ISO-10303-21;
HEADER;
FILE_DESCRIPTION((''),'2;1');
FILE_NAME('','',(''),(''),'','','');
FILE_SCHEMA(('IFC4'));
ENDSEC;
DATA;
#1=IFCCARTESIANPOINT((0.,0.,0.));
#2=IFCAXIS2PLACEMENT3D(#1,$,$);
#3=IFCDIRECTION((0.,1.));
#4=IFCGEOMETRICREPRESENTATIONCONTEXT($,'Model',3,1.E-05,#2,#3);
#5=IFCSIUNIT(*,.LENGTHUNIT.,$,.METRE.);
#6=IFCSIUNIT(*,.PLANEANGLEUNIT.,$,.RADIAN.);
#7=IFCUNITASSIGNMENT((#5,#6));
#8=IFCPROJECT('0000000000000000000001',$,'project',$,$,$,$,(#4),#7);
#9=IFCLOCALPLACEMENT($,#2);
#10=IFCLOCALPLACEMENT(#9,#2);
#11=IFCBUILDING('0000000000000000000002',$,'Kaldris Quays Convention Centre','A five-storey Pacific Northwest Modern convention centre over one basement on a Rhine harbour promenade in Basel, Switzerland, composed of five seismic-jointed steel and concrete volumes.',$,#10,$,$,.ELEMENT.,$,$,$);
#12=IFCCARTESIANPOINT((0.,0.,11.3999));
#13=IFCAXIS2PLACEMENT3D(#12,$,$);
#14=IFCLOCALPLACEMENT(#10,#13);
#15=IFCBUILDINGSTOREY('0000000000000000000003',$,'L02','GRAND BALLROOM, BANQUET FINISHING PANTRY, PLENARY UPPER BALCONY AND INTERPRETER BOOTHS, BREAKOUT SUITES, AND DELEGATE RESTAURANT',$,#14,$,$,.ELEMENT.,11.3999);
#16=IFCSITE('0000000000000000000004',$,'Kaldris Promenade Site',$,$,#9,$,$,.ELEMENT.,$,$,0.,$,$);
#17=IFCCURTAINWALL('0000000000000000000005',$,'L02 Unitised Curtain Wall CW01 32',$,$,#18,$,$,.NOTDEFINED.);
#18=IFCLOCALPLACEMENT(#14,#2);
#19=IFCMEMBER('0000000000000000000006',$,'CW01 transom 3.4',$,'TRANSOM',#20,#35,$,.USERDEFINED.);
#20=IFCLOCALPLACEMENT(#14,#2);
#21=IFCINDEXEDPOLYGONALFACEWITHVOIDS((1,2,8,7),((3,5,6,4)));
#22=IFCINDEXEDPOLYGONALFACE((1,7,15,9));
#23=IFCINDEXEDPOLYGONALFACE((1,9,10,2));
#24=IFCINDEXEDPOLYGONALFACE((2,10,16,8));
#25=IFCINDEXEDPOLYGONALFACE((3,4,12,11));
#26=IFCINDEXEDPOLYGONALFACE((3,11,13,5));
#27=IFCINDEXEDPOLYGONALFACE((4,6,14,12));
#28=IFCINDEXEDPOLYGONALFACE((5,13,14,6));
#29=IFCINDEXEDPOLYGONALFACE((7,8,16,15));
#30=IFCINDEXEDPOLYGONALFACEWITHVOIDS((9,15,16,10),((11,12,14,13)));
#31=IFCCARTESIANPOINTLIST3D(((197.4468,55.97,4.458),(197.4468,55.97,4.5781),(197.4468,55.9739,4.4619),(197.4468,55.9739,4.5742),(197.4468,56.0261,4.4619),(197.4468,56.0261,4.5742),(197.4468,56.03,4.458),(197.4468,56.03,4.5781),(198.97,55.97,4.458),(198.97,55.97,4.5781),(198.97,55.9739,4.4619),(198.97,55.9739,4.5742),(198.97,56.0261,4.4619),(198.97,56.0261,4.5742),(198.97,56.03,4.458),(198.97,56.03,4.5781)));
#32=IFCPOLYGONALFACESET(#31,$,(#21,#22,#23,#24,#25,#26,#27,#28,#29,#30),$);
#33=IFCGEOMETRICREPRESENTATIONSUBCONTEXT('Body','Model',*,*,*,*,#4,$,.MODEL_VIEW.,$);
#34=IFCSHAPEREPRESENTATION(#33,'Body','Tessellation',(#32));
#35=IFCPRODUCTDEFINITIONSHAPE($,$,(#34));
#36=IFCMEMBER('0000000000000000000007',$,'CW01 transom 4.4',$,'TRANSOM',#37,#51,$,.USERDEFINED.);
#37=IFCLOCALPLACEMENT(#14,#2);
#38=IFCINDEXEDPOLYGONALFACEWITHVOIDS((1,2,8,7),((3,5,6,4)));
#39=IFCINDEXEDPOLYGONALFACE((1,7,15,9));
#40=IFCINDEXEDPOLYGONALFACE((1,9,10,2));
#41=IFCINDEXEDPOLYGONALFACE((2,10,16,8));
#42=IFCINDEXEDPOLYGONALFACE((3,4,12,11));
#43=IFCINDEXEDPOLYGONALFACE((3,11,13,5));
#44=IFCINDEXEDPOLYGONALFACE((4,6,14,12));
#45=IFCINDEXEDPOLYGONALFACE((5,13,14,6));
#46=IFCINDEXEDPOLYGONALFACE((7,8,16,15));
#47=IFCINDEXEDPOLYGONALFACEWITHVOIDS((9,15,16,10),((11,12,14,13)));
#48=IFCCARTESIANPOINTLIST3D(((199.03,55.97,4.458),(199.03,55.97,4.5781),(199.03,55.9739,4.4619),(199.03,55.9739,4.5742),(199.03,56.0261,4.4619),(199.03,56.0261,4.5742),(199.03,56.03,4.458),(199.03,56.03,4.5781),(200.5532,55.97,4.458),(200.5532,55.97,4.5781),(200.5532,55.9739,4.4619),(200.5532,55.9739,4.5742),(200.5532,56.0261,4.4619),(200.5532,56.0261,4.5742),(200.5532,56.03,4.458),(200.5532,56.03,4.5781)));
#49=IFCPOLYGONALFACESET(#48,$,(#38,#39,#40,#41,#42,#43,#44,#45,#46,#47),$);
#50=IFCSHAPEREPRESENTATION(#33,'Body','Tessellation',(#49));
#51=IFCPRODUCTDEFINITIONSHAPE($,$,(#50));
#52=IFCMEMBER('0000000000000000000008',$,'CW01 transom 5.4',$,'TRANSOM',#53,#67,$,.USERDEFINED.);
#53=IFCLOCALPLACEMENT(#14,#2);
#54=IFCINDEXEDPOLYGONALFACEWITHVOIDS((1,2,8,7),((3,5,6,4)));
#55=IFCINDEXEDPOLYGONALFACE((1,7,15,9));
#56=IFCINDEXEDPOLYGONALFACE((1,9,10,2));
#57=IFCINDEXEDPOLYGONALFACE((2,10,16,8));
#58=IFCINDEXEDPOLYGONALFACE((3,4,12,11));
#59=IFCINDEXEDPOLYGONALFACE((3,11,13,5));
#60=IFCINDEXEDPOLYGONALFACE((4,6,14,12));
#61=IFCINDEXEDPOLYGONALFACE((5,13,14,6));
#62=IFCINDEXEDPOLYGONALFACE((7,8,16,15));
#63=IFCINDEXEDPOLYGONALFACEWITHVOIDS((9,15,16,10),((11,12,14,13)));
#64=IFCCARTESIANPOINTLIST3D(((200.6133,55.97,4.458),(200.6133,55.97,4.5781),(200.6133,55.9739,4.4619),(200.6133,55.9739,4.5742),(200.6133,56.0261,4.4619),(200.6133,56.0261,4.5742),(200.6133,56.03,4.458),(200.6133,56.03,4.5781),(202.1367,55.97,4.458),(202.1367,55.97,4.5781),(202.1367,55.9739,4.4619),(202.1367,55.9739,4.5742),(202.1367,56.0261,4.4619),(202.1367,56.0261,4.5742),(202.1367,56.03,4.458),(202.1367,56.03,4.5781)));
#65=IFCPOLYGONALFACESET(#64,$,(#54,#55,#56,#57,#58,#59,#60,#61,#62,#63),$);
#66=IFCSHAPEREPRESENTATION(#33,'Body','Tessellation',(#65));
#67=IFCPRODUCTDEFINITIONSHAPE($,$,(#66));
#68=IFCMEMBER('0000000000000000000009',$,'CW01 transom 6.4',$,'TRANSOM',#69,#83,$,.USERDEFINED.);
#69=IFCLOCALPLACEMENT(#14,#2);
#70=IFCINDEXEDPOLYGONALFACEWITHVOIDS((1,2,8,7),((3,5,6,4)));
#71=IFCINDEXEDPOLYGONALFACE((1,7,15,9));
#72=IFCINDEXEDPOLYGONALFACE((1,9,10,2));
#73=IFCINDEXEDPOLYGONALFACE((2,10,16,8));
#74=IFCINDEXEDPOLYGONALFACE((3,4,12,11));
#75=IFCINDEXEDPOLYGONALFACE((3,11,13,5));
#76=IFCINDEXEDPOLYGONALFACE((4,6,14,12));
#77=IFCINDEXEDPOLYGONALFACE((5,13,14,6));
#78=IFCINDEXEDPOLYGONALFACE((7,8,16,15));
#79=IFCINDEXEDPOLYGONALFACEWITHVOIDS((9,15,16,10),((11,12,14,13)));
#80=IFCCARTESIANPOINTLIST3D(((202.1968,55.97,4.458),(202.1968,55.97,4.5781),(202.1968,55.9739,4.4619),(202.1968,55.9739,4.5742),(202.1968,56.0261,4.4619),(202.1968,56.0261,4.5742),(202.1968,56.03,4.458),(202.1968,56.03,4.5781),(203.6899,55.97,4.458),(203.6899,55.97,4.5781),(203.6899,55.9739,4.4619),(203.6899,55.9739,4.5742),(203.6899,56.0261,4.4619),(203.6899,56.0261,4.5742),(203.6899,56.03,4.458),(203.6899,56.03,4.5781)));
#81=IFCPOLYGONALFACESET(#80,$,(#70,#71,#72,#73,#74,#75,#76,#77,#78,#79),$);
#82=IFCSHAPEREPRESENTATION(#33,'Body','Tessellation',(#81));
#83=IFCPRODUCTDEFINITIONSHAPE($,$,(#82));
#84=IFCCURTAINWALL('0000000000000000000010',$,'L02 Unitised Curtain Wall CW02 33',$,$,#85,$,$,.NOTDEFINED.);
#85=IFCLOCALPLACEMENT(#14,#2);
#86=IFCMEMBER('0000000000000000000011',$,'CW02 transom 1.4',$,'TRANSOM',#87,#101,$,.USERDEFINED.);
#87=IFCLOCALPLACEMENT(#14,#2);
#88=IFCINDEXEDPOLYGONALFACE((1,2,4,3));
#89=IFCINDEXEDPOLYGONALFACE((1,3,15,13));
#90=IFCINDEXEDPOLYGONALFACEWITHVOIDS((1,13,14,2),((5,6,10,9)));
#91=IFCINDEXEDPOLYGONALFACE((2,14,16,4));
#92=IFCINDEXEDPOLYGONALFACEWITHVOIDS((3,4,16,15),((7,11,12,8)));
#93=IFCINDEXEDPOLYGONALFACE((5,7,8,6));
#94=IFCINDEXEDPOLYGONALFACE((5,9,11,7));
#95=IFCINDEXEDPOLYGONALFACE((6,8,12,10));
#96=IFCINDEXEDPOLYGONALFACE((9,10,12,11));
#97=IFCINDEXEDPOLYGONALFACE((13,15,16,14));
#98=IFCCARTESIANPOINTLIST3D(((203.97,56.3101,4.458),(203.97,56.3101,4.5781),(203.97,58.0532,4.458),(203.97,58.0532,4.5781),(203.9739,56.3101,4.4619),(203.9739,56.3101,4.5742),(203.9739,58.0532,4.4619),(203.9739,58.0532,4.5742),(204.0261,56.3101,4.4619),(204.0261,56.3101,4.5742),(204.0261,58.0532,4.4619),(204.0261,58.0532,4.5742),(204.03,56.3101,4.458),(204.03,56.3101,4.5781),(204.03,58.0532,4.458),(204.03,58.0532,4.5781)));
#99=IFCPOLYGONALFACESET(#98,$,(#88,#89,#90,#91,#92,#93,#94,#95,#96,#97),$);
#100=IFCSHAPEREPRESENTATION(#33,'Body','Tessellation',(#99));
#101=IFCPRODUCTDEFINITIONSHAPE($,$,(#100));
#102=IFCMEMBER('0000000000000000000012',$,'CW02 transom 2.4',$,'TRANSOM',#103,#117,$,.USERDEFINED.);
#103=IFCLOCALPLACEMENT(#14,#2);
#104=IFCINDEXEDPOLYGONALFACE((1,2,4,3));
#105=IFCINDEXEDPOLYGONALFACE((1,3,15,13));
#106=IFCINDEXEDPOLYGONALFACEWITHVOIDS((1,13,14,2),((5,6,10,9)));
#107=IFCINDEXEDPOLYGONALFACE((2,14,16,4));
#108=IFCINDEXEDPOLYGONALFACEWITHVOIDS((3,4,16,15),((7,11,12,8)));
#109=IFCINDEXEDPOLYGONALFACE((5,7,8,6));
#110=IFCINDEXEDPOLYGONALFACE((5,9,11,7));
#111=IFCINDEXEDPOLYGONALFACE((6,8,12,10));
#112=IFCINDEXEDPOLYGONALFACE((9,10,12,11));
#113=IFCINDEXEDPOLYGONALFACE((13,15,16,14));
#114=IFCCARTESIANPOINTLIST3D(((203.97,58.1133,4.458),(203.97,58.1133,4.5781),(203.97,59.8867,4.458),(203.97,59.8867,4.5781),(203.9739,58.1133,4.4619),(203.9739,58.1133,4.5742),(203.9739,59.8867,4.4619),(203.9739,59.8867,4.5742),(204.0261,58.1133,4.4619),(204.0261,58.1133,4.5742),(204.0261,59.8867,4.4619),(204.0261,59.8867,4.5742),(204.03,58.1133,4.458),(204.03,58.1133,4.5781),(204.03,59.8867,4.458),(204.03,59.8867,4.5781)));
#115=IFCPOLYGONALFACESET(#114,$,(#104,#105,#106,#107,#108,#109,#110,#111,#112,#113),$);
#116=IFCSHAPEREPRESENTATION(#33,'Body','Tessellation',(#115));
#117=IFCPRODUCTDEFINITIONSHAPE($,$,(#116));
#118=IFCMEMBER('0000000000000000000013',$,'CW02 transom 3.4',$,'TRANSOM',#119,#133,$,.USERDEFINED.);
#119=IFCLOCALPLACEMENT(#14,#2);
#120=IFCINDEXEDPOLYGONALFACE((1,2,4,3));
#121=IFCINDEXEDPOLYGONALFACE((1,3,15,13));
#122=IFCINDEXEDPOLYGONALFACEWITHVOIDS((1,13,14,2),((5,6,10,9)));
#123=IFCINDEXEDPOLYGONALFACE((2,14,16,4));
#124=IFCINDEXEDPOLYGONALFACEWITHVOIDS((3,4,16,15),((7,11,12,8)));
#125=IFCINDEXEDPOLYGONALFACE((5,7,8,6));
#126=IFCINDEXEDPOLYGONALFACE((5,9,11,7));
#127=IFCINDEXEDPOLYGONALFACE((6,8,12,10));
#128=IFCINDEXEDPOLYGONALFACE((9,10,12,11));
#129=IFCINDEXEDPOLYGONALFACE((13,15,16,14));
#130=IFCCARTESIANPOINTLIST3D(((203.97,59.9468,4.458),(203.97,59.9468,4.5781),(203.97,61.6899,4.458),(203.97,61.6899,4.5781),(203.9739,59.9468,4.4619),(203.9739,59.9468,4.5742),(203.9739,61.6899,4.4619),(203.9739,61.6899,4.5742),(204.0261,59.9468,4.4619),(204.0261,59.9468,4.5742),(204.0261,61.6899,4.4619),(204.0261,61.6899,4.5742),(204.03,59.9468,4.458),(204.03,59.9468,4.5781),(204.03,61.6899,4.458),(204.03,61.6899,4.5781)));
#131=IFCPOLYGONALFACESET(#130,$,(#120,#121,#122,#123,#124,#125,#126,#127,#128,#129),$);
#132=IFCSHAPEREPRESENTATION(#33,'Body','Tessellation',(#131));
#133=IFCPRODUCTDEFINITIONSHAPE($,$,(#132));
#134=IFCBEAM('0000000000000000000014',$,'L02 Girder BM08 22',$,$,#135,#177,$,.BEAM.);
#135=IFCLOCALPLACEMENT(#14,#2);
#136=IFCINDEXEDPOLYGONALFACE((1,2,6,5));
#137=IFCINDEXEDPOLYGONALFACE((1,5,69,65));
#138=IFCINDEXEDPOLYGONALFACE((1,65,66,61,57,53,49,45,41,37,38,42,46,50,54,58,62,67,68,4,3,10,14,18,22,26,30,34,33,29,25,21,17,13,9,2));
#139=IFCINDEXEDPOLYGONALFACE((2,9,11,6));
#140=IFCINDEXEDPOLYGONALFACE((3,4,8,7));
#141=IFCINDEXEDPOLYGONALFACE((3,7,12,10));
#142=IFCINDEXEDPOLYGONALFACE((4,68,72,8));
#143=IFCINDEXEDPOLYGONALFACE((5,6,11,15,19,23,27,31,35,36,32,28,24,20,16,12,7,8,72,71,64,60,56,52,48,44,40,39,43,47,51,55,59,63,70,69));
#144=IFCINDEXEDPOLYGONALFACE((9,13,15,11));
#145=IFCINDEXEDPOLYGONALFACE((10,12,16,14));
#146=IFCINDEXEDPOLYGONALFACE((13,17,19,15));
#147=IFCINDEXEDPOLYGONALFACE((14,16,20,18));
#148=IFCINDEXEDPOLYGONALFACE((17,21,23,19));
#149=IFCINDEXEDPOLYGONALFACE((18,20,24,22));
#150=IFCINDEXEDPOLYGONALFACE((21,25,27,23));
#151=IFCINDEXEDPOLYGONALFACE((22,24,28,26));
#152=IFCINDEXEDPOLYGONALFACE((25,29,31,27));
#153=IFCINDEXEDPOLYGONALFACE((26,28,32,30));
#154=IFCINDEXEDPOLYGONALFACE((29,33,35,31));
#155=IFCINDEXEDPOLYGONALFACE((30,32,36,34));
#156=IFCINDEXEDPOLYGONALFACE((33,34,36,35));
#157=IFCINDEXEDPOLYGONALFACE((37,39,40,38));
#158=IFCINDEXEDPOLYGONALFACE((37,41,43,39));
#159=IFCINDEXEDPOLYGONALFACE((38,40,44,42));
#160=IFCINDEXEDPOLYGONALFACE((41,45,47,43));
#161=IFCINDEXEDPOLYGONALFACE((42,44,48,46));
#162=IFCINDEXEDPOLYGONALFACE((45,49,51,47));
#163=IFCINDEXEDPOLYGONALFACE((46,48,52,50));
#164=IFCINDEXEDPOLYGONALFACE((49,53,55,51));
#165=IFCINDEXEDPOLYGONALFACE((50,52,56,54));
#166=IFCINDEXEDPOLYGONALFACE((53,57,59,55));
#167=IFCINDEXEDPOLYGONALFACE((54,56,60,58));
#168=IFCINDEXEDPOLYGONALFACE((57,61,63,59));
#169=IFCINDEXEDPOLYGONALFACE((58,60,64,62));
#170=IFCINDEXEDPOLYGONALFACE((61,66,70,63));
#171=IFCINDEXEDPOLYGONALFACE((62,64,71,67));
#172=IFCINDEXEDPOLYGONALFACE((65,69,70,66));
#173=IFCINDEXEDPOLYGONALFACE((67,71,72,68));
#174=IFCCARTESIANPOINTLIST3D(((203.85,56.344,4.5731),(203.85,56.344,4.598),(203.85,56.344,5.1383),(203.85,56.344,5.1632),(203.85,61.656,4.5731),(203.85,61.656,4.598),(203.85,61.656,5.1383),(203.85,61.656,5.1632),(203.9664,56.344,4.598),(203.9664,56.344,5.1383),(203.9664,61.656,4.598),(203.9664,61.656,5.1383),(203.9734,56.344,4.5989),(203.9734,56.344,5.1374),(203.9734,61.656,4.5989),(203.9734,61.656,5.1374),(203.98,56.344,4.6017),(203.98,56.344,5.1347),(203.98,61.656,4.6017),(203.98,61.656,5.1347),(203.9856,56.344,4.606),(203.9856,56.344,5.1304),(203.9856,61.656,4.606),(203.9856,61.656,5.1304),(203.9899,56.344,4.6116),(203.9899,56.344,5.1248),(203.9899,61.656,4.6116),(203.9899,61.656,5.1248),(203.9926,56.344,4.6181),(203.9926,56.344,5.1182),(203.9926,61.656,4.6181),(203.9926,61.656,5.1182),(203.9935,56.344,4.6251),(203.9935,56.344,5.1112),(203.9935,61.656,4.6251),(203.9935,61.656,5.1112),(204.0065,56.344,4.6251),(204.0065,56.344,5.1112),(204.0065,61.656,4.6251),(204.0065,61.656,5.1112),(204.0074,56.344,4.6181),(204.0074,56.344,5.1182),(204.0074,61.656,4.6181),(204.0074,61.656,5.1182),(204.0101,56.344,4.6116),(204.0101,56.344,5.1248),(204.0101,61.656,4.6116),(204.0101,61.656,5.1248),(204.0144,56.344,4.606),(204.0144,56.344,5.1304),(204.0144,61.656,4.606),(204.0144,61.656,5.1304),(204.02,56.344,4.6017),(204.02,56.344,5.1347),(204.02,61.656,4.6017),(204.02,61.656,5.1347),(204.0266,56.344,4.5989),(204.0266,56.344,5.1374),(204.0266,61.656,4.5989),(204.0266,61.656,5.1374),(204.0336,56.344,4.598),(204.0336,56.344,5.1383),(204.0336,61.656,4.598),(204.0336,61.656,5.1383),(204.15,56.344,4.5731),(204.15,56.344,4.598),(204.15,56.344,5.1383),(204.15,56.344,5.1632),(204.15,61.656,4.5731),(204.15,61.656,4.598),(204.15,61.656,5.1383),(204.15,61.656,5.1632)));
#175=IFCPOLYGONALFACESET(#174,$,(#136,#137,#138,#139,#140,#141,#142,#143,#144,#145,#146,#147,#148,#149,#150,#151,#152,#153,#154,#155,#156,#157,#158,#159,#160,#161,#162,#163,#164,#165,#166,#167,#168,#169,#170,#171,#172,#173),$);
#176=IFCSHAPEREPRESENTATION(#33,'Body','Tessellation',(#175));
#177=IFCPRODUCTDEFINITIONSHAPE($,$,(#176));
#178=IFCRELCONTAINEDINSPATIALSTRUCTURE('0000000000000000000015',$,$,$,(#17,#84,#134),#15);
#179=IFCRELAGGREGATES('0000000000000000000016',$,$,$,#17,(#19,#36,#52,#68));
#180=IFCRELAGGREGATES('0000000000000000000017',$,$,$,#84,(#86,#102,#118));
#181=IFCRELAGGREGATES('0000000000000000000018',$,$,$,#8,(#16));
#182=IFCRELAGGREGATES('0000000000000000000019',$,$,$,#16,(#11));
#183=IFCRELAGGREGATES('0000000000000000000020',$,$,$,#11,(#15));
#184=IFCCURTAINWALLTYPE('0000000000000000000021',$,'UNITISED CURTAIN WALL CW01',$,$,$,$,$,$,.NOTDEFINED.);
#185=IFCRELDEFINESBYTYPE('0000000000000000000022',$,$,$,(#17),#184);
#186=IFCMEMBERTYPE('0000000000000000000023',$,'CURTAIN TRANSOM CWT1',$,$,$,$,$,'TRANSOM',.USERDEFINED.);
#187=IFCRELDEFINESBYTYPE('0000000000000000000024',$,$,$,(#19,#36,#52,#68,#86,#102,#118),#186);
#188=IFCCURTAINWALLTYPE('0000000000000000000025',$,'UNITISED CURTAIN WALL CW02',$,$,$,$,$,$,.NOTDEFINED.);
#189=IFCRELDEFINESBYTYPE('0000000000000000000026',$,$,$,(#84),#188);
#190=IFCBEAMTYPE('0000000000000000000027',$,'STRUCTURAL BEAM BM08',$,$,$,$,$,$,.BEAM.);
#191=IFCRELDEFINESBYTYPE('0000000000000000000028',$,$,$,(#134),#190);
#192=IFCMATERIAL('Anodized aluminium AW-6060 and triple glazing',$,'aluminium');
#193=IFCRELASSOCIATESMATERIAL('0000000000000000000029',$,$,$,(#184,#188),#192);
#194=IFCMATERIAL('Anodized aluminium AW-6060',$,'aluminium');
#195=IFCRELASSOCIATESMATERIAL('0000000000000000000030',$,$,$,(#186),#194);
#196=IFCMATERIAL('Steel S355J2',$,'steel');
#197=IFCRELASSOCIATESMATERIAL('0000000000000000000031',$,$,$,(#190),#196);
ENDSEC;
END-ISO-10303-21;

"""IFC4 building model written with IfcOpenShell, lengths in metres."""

from ifc_helpers import new_model, si_unit, direction, frame, origin, origin_2d, place, context, subcontext, project, spatial, hollow_rectangle, i_section, extrude, material, material_profile, profile_set, type_object, element, aggregate, save


model = new_model("IFC4")

# Units and contexts
model_context = context("Model", 3, precision=1e-05, world=origin(), true_north=direction((0.0, 1.0)))
body_context = subcontext(model_context, "Body", "Model", "MODEL_VIEW")
ifc_project = project(units=[si_unit("LENGTHUNIT", "METRE"), si_unit("PLANEANGLEUNIT", "RADIAN")], contexts=[model_context])

# Site, building, storey
site_placement = place(None, origin())
site = spatial("IfcSite", under=ifc_project, at=site_placement, Name="Kaldris Promenade Site", CompositionType="ELEMENT", RefElevation=0.0)
building_placement = place(site_placement, origin())
building = spatial("IfcBuilding", under=site, at=building_placement, Name="Kaldris Quays Convention Centre", Description="A five-storey Pacific Northwest Modern convention centre over one basement on a Rhine harbour promenade in Basel, Switzerland, composed of five seismic-jointed steel and concrete volumes.", CompositionType="ELEMENT")
storey_placement = place(building_placement, frame((0.0, 0.0, 11.3999)))
storey = spatial("IfcBuildingStorey", under=building, at=storey_placement, Name="L02", Description="GRAND BALLROOM, BANQUET FINISHING PANTRY, PLENARY UPPER BALCONY AND INTERPRETER BOOTHS, BREAKOUT SUITES, AND DELEGATE RESTAURANT", CompositionType="ELEMENT", Elevation=11.3999)

# Curtain walls, members
ifc_material_1 = material(Name="Anodized aluminium AW-6060 and triple glazing", Category="aluminium")
curtain_wall_type_1 = type_object("IfcCurtainWallType", Name="UNITISED CURTAIN WALL CW01", PredefinedType="NOTDEFINED", material=ifc_material_1)
curtain_wall_1_placement = place(storey_placement, origin())
curtain_wall_1 = element("IfcCurtainWall", 1, at=curtain_wall_1_placement, inside=storey, type_object=curtain_wall_type_1, Name="L02 Unitised Curtain Wall CW01 32", PredefinedType="NOTDEFINED")
ifc_material_2 = material(Name="Anodized aluminium AW-6060", Category="aluminium")
ifc_material_profile_1 = material_profile(ifc_material_2, hollow_rectangle(XDim=0.0601, YDim=0.1201, WallThickness=0.0039, at=origin_2d()), Name="RHS 120x60x4")
ifc_profile_set_1 = profile_set([ifc_material_profile_1], Name="Anodized aluminium AW-6060")
member_type = type_object("IfcMemberType", Name="CURTAIN TRANSOM CWT1", ElementType="TRANSOM", PredefinedType="USERDEFINED", material=ifc_profile_set_1)
member_1_placement = place(storey_placement, frame((197.4468, 56.0, 4.5181), z_axis=(1.0, 0.0, 0.0), x_axis=(0.0, 1.0, 0.0)))
member_1 = element("IfcMember", 2, at=member_1_placement, type_object=member_type, Name="CW01 transom 3.4", ObjectType="TRANSOM", PredefinedType="USERDEFINED", context=body_context, shape_type="SweptSolid", body=[
    extrude(hollow_rectangle(XDim=0.0601, YDim=0.1201, WallThickness=0.0039, at=origin_2d()), origin(), (0.0, 0.0, 1.0), 1.5232),
])
member_2_placement = place(storey_placement, frame((199.03, 56.0, 4.5181), z_axis=(1.0, 0.0, 0.0), x_axis=(0.0, 1.0, 0.0)))
member_2 = element("IfcMember", 3, at=member_2_placement, type_object=member_type, Name="CW01 transom 4.4", ObjectType="TRANSOM", PredefinedType="USERDEFINED", context=body_context, shape_type="SweptSolid", body=[
    extrude(hollow_rectangle(XDim=0.0601, YDim=0.1201, WallThickness=0.0039, at=origin_2d()), origin(), (0.0, 0.0, 1.0), 1.5232),
])
member_3_placement = place(storey_placement, frame((200.6133, 56.0, 4.5181), z_axis=(1.0, 0.0, 0.0), x_axis=(0.0, 1.0, 0.0)))
member_3 = element("IfcMember", 4, at=member_3_placement, type_object=member_type, Name="CW01 transom 5.4", ObjectType="TRANSOM", PredefinedType="USERDEFINED", context=body_context, shape_type="SweptSolid", body=[
    extrude(hollow_rectangle(XDim=0.0601, YDim=0.1201, WallThickness=0.0039, at=origin_2d()), origin(), (0.0, 0.0, 1.0), 1.5234),
])
member_4_placement = place(storey_placement, frame((202.1968, 56.0, 4.5181), z_axis=(1.0, 0.0, 0.0), x_axis=(0.0, 1.0, 0.0)))
member_4 = element("IfcMember", 5, at=member_4_placement, type_object=member_type, Name="CW01 transom 6.4", ObjectType="TRANSOM", PredefinedType="USERDEFINED", context=body_context, shape_type="SweptSolid", body=[
    extrude(hollow_rectangle(XDim=0.0601, YDim=0.1201, WallThickness=0.0039, at=origin_2d()), origin(), (0.0, 0.0, 1.0), 1.4932),
])
aggregate(curtain_wall_1, [member_1, member_2, member_3, member_4])
curtain_wall_type_2 = type_object("IfcCurtainWallType", Name="UNITISED CURTAIN WALL CW02", PredefinedType="NOTDEFINED", material=ifc_material_1)
curtain_wall_2_placement = place(storey_placement, origin())
curtain_wall_2 = element("IfcCurtainWall", 6, at=curtain_wall_2_placement, inside=storey, type_object=curtain_wall_type_2, Name="L02 Unitised Curtain Wall CW02 33", PredefinedType="NOTDEFINED")
member_5_placement = place(storey_placement, frame((204.0, 56.3101, 4.5181), z_axis=(0.0, 1.0, 0.0), x_axis=(-1.0, 0.0, 0.0)))
member_5 = element("IfcMember", 7, at=member_5_placement, type_object=member_type, Name="CW02 transom 1.4", ObjectType="TRANSOM", PredefinedType="USERDEFINED", context=body_context, shape_type="SweptSolid", body=[
    extrude(hollow_rectangle(XDim=0.0601, YDim=0.1201, WallThickness=0.0039, at=origin_2d()), origin(), (0.0, 0.0, 1.0), 1.7432),
])
member_6_placement = place(storey_placement, frame((204.0, 58.1133, 4.5181), z_axis=(0.0, 1.0, 0.0), x_axis=(-1.0, 0.0, 0.0)))
member_6 = element("IfcMember", 8, at=member_6_placement, type_object=member_type, Name="CW02 transom 2.4", ObjectType="TRANSOM", PredefinedType="USERDEFINED", context=body_context, shape_type="SweptSolid", body=[
    extrude(hollow_rectangle(XDim=0.0601, YDim=0.1201, WallThickness=0.0039, at=origin_2d()), origin(), (0.0, 0.0, 1.0), 1.7734),
])
member_7_placement = place(storey_placement, frame((204.0, 59.9468, 4.5181), z_axis=(0.0, 1.0, 0.0), x_axis=(-1.0, 0.0, 0.0)))
member_7 = element("IfcMember", 9, at=member_7_placement, type_object=member_type, Name="CW02 transom 3.4", ObjectType="TRANSOM", PredefinedType="USERDEFINED", context=body_context, shape_type="SweptSolid", body=[
    extrude(hollow_rectangle(XDim=0.0601, YDim=0.1201, WallThickness=0.0039, at=origin_2d()), origin(), (0.0, 0.0, 1.0), 1.7432),
])
aggregate(curtain_wall_2, [member_5, member_6, member_7])

# Beam
ifc_material_3 = material(Name="Steel S355J2", Category="steel")
ifc_material_profile_2 = material_profile(ifc_material_3, i_section(OverallWidth=0.3, OverallDepth=0.5901, WebThickness=0.0129, FlangeThickness=0.0249, FilletRadius=0.0271, at=origin_2d()), Name="HEA 600")
ifc_profile_set_2 = profile_set([ifc_material_profile_2], Name="Steel S355J2")
beam_type = type_object("IfcBeamType", Name="STRUCTURAL BEAM BM08", PredefinedType="BEAM", material=ifc_profile_set_2)
beam_placement = place(storey_placement, frame((204.0, 56.344, 4.8682), z_axis=(0.0, 1.0, 0.0), x_axis=(-1.0, 0.0, 0.0)))
element("IfcBeam", 10, at=beam_placement, inside=storey, type_object=beam_type, Name="L02 Girder BM08 22", PredefinedType="BEAM", context=body_context, shape_type="SweptSolid", body=[
    extrude(i_section(OverallWidth=0.3, OverallDepth=0.5901, WebThickness=0.0129, FlangeThickness=0.0249, FilletRadius=0.0271, at=origin_2d()), origin(), (0.0, 0.0, 1.0), 5.312),
])

save(model, "model.ifc")
